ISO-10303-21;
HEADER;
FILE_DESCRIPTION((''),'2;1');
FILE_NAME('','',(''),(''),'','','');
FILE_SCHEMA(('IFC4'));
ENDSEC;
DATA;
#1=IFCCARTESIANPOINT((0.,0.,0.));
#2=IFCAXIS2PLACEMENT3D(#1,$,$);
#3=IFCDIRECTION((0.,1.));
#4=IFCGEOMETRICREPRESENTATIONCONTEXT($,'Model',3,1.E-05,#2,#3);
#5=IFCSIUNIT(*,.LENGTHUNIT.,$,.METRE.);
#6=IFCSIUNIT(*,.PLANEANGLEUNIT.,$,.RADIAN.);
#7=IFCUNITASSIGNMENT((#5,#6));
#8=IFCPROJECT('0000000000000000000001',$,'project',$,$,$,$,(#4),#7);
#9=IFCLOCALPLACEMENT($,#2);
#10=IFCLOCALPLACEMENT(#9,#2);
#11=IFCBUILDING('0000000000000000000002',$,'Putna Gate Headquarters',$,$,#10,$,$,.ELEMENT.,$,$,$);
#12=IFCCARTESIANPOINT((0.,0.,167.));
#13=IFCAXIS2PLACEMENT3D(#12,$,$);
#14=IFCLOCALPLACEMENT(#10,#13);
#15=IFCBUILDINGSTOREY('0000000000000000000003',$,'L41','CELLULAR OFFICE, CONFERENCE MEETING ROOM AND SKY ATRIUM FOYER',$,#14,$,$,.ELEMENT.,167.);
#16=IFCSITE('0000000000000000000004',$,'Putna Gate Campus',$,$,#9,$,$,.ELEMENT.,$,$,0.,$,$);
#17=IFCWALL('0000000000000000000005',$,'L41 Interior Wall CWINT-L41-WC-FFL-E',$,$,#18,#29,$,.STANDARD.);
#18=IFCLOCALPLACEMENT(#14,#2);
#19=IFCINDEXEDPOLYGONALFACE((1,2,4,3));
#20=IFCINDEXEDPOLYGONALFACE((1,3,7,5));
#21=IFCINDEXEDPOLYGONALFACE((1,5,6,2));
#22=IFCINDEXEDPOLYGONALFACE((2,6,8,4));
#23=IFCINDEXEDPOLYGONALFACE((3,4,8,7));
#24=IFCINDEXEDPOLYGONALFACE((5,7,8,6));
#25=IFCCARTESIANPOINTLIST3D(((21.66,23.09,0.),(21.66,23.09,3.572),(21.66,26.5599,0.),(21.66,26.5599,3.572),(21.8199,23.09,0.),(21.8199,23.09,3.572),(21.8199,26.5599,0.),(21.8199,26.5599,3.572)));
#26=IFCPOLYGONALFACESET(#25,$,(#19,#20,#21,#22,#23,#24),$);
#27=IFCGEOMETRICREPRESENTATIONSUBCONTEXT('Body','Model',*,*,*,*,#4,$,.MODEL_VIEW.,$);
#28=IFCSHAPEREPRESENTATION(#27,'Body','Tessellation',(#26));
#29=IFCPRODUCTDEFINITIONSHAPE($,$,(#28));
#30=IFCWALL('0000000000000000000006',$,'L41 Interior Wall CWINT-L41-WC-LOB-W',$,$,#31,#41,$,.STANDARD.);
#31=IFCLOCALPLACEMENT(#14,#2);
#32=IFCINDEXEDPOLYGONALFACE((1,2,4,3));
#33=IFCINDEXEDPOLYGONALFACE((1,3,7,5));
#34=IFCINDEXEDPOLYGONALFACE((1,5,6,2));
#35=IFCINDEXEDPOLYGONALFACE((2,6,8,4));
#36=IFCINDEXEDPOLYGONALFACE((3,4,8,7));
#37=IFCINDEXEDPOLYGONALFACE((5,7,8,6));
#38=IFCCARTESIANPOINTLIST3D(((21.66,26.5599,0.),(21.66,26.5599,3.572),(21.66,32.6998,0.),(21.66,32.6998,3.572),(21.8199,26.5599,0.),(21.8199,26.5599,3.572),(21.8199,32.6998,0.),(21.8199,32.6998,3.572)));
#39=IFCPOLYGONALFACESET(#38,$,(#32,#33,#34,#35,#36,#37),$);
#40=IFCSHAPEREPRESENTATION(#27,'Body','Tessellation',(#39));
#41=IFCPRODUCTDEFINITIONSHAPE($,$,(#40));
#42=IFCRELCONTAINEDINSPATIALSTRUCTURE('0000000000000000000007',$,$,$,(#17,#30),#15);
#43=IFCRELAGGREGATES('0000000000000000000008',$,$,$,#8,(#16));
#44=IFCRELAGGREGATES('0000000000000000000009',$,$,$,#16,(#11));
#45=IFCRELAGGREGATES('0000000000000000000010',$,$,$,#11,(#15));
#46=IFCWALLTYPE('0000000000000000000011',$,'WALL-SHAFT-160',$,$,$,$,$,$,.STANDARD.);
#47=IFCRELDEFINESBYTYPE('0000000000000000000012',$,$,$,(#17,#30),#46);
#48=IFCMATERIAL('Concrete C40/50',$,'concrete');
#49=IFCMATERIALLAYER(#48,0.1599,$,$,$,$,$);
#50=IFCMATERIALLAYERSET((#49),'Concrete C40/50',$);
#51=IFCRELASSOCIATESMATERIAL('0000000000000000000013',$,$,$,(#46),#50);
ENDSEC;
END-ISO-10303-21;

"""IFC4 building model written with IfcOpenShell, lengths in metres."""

from ifc_helpers import new_model, si_unit, direction, frame, frame_2d, origin, place, context, subcontext, project, spatial, rectangle, extrude, material, layer, layer_set, type_object, element, save


model = new_model("IFC4")

# Units and contexts
model_context = context("Model", 3, precision=1e-05, world=origin(), true_north=direction((0.0, 1.0)))
body_context = subcontext(model_context, "Body", "Model", "MODEL_VIEW")
ifc_project = project(units=[si_unit("LENGTHUNIT", "METRE"), si_unit("PLANEANGLEUNIT", "RADIAN")], contexts=[model_context])

# Site, building, storey
site_placement = place(None, origin())
site = spatial("IfcSite", under=ifc_project, at=site_placement, Name="Putna Gate Campus", CompositionType="ELEMENT", RefElevation=0.0)
building_placement = place(site_placement, origin())
building = spatial("IfcBuilding", under=site, at=building_placement, Name="Putna Gate Headquarters", CompositionType="ELEMENT")
storey_placement = place(building_placement, frame((0.0, 0.0, 167.0)))
storey = spatial("IfcBuildingStorey", under=building, at=storey_placement, Name="L41", Description="CELLULAR OFFICE, CONFERENCE MEETING ROOM AND SKY ATRIUM FOYER", CompositionType="ELEMENT", Elevation=167.0)

# Walls
ifc_material_1 = material(Name="Concrete C40/50", Category="concrete")
ifc_layer_1 = layer(ifc_material_1, 0.1599)
ifc_layer_set_1 = layer_set([ifc_layer_1], Name="Concrete C40/50")
wall_type_1 = type_object("IfcWallType", Name="WALL-SHAFT-160", PredefinedType="STANDARD", material=ifc_layer_set_1)
wall_1_placement = place(storey_placement, frame((21.74, 23.0901, 0.0), z_axis=(0.0, 0.0, 1.0), x_axis=(0.0, 1.0, 0.0)))
element("IfcWall", 1, at=wall_1_placement, inside=storey, type_object=wall_type_1, Name="L41 Interior Wall CWINT-L41-WC-FFL-E", PredefinedType="STANDARD", context=body_context, shape_type="SweptSolid", body=[
    extrude(rectangle(XDim=3.47, YDim=0.1599, at=frame_2d((1.7349, 0.0))), origin(), (0.0, 0.0, 1.0), 3.572),
])
wall_2_placement = place(storey_placement, frame((21.74, 26.5601, 0.0), z_axis=(0.0, 0.0, 1.0), x_axis=(0.0, 1.0, 0.0)))
element("IfcWall", 2, at=wall_2_placement, inside=storey, type_object=wall_type_1, Name="L41 Interior Wall CWINT-L41-WC-LOB-W", PredefinedType="STANDARD", context=body_context, shape_type="SweptSolid", body=[
    extrude(rectangle(XDim=6.1399, YDim=0.1599, at=frame_2d((3.0698, 0.0))), origin(), (0.0, 0.0, 1.0), 3.572),
])

save(model, "model.ifc")
